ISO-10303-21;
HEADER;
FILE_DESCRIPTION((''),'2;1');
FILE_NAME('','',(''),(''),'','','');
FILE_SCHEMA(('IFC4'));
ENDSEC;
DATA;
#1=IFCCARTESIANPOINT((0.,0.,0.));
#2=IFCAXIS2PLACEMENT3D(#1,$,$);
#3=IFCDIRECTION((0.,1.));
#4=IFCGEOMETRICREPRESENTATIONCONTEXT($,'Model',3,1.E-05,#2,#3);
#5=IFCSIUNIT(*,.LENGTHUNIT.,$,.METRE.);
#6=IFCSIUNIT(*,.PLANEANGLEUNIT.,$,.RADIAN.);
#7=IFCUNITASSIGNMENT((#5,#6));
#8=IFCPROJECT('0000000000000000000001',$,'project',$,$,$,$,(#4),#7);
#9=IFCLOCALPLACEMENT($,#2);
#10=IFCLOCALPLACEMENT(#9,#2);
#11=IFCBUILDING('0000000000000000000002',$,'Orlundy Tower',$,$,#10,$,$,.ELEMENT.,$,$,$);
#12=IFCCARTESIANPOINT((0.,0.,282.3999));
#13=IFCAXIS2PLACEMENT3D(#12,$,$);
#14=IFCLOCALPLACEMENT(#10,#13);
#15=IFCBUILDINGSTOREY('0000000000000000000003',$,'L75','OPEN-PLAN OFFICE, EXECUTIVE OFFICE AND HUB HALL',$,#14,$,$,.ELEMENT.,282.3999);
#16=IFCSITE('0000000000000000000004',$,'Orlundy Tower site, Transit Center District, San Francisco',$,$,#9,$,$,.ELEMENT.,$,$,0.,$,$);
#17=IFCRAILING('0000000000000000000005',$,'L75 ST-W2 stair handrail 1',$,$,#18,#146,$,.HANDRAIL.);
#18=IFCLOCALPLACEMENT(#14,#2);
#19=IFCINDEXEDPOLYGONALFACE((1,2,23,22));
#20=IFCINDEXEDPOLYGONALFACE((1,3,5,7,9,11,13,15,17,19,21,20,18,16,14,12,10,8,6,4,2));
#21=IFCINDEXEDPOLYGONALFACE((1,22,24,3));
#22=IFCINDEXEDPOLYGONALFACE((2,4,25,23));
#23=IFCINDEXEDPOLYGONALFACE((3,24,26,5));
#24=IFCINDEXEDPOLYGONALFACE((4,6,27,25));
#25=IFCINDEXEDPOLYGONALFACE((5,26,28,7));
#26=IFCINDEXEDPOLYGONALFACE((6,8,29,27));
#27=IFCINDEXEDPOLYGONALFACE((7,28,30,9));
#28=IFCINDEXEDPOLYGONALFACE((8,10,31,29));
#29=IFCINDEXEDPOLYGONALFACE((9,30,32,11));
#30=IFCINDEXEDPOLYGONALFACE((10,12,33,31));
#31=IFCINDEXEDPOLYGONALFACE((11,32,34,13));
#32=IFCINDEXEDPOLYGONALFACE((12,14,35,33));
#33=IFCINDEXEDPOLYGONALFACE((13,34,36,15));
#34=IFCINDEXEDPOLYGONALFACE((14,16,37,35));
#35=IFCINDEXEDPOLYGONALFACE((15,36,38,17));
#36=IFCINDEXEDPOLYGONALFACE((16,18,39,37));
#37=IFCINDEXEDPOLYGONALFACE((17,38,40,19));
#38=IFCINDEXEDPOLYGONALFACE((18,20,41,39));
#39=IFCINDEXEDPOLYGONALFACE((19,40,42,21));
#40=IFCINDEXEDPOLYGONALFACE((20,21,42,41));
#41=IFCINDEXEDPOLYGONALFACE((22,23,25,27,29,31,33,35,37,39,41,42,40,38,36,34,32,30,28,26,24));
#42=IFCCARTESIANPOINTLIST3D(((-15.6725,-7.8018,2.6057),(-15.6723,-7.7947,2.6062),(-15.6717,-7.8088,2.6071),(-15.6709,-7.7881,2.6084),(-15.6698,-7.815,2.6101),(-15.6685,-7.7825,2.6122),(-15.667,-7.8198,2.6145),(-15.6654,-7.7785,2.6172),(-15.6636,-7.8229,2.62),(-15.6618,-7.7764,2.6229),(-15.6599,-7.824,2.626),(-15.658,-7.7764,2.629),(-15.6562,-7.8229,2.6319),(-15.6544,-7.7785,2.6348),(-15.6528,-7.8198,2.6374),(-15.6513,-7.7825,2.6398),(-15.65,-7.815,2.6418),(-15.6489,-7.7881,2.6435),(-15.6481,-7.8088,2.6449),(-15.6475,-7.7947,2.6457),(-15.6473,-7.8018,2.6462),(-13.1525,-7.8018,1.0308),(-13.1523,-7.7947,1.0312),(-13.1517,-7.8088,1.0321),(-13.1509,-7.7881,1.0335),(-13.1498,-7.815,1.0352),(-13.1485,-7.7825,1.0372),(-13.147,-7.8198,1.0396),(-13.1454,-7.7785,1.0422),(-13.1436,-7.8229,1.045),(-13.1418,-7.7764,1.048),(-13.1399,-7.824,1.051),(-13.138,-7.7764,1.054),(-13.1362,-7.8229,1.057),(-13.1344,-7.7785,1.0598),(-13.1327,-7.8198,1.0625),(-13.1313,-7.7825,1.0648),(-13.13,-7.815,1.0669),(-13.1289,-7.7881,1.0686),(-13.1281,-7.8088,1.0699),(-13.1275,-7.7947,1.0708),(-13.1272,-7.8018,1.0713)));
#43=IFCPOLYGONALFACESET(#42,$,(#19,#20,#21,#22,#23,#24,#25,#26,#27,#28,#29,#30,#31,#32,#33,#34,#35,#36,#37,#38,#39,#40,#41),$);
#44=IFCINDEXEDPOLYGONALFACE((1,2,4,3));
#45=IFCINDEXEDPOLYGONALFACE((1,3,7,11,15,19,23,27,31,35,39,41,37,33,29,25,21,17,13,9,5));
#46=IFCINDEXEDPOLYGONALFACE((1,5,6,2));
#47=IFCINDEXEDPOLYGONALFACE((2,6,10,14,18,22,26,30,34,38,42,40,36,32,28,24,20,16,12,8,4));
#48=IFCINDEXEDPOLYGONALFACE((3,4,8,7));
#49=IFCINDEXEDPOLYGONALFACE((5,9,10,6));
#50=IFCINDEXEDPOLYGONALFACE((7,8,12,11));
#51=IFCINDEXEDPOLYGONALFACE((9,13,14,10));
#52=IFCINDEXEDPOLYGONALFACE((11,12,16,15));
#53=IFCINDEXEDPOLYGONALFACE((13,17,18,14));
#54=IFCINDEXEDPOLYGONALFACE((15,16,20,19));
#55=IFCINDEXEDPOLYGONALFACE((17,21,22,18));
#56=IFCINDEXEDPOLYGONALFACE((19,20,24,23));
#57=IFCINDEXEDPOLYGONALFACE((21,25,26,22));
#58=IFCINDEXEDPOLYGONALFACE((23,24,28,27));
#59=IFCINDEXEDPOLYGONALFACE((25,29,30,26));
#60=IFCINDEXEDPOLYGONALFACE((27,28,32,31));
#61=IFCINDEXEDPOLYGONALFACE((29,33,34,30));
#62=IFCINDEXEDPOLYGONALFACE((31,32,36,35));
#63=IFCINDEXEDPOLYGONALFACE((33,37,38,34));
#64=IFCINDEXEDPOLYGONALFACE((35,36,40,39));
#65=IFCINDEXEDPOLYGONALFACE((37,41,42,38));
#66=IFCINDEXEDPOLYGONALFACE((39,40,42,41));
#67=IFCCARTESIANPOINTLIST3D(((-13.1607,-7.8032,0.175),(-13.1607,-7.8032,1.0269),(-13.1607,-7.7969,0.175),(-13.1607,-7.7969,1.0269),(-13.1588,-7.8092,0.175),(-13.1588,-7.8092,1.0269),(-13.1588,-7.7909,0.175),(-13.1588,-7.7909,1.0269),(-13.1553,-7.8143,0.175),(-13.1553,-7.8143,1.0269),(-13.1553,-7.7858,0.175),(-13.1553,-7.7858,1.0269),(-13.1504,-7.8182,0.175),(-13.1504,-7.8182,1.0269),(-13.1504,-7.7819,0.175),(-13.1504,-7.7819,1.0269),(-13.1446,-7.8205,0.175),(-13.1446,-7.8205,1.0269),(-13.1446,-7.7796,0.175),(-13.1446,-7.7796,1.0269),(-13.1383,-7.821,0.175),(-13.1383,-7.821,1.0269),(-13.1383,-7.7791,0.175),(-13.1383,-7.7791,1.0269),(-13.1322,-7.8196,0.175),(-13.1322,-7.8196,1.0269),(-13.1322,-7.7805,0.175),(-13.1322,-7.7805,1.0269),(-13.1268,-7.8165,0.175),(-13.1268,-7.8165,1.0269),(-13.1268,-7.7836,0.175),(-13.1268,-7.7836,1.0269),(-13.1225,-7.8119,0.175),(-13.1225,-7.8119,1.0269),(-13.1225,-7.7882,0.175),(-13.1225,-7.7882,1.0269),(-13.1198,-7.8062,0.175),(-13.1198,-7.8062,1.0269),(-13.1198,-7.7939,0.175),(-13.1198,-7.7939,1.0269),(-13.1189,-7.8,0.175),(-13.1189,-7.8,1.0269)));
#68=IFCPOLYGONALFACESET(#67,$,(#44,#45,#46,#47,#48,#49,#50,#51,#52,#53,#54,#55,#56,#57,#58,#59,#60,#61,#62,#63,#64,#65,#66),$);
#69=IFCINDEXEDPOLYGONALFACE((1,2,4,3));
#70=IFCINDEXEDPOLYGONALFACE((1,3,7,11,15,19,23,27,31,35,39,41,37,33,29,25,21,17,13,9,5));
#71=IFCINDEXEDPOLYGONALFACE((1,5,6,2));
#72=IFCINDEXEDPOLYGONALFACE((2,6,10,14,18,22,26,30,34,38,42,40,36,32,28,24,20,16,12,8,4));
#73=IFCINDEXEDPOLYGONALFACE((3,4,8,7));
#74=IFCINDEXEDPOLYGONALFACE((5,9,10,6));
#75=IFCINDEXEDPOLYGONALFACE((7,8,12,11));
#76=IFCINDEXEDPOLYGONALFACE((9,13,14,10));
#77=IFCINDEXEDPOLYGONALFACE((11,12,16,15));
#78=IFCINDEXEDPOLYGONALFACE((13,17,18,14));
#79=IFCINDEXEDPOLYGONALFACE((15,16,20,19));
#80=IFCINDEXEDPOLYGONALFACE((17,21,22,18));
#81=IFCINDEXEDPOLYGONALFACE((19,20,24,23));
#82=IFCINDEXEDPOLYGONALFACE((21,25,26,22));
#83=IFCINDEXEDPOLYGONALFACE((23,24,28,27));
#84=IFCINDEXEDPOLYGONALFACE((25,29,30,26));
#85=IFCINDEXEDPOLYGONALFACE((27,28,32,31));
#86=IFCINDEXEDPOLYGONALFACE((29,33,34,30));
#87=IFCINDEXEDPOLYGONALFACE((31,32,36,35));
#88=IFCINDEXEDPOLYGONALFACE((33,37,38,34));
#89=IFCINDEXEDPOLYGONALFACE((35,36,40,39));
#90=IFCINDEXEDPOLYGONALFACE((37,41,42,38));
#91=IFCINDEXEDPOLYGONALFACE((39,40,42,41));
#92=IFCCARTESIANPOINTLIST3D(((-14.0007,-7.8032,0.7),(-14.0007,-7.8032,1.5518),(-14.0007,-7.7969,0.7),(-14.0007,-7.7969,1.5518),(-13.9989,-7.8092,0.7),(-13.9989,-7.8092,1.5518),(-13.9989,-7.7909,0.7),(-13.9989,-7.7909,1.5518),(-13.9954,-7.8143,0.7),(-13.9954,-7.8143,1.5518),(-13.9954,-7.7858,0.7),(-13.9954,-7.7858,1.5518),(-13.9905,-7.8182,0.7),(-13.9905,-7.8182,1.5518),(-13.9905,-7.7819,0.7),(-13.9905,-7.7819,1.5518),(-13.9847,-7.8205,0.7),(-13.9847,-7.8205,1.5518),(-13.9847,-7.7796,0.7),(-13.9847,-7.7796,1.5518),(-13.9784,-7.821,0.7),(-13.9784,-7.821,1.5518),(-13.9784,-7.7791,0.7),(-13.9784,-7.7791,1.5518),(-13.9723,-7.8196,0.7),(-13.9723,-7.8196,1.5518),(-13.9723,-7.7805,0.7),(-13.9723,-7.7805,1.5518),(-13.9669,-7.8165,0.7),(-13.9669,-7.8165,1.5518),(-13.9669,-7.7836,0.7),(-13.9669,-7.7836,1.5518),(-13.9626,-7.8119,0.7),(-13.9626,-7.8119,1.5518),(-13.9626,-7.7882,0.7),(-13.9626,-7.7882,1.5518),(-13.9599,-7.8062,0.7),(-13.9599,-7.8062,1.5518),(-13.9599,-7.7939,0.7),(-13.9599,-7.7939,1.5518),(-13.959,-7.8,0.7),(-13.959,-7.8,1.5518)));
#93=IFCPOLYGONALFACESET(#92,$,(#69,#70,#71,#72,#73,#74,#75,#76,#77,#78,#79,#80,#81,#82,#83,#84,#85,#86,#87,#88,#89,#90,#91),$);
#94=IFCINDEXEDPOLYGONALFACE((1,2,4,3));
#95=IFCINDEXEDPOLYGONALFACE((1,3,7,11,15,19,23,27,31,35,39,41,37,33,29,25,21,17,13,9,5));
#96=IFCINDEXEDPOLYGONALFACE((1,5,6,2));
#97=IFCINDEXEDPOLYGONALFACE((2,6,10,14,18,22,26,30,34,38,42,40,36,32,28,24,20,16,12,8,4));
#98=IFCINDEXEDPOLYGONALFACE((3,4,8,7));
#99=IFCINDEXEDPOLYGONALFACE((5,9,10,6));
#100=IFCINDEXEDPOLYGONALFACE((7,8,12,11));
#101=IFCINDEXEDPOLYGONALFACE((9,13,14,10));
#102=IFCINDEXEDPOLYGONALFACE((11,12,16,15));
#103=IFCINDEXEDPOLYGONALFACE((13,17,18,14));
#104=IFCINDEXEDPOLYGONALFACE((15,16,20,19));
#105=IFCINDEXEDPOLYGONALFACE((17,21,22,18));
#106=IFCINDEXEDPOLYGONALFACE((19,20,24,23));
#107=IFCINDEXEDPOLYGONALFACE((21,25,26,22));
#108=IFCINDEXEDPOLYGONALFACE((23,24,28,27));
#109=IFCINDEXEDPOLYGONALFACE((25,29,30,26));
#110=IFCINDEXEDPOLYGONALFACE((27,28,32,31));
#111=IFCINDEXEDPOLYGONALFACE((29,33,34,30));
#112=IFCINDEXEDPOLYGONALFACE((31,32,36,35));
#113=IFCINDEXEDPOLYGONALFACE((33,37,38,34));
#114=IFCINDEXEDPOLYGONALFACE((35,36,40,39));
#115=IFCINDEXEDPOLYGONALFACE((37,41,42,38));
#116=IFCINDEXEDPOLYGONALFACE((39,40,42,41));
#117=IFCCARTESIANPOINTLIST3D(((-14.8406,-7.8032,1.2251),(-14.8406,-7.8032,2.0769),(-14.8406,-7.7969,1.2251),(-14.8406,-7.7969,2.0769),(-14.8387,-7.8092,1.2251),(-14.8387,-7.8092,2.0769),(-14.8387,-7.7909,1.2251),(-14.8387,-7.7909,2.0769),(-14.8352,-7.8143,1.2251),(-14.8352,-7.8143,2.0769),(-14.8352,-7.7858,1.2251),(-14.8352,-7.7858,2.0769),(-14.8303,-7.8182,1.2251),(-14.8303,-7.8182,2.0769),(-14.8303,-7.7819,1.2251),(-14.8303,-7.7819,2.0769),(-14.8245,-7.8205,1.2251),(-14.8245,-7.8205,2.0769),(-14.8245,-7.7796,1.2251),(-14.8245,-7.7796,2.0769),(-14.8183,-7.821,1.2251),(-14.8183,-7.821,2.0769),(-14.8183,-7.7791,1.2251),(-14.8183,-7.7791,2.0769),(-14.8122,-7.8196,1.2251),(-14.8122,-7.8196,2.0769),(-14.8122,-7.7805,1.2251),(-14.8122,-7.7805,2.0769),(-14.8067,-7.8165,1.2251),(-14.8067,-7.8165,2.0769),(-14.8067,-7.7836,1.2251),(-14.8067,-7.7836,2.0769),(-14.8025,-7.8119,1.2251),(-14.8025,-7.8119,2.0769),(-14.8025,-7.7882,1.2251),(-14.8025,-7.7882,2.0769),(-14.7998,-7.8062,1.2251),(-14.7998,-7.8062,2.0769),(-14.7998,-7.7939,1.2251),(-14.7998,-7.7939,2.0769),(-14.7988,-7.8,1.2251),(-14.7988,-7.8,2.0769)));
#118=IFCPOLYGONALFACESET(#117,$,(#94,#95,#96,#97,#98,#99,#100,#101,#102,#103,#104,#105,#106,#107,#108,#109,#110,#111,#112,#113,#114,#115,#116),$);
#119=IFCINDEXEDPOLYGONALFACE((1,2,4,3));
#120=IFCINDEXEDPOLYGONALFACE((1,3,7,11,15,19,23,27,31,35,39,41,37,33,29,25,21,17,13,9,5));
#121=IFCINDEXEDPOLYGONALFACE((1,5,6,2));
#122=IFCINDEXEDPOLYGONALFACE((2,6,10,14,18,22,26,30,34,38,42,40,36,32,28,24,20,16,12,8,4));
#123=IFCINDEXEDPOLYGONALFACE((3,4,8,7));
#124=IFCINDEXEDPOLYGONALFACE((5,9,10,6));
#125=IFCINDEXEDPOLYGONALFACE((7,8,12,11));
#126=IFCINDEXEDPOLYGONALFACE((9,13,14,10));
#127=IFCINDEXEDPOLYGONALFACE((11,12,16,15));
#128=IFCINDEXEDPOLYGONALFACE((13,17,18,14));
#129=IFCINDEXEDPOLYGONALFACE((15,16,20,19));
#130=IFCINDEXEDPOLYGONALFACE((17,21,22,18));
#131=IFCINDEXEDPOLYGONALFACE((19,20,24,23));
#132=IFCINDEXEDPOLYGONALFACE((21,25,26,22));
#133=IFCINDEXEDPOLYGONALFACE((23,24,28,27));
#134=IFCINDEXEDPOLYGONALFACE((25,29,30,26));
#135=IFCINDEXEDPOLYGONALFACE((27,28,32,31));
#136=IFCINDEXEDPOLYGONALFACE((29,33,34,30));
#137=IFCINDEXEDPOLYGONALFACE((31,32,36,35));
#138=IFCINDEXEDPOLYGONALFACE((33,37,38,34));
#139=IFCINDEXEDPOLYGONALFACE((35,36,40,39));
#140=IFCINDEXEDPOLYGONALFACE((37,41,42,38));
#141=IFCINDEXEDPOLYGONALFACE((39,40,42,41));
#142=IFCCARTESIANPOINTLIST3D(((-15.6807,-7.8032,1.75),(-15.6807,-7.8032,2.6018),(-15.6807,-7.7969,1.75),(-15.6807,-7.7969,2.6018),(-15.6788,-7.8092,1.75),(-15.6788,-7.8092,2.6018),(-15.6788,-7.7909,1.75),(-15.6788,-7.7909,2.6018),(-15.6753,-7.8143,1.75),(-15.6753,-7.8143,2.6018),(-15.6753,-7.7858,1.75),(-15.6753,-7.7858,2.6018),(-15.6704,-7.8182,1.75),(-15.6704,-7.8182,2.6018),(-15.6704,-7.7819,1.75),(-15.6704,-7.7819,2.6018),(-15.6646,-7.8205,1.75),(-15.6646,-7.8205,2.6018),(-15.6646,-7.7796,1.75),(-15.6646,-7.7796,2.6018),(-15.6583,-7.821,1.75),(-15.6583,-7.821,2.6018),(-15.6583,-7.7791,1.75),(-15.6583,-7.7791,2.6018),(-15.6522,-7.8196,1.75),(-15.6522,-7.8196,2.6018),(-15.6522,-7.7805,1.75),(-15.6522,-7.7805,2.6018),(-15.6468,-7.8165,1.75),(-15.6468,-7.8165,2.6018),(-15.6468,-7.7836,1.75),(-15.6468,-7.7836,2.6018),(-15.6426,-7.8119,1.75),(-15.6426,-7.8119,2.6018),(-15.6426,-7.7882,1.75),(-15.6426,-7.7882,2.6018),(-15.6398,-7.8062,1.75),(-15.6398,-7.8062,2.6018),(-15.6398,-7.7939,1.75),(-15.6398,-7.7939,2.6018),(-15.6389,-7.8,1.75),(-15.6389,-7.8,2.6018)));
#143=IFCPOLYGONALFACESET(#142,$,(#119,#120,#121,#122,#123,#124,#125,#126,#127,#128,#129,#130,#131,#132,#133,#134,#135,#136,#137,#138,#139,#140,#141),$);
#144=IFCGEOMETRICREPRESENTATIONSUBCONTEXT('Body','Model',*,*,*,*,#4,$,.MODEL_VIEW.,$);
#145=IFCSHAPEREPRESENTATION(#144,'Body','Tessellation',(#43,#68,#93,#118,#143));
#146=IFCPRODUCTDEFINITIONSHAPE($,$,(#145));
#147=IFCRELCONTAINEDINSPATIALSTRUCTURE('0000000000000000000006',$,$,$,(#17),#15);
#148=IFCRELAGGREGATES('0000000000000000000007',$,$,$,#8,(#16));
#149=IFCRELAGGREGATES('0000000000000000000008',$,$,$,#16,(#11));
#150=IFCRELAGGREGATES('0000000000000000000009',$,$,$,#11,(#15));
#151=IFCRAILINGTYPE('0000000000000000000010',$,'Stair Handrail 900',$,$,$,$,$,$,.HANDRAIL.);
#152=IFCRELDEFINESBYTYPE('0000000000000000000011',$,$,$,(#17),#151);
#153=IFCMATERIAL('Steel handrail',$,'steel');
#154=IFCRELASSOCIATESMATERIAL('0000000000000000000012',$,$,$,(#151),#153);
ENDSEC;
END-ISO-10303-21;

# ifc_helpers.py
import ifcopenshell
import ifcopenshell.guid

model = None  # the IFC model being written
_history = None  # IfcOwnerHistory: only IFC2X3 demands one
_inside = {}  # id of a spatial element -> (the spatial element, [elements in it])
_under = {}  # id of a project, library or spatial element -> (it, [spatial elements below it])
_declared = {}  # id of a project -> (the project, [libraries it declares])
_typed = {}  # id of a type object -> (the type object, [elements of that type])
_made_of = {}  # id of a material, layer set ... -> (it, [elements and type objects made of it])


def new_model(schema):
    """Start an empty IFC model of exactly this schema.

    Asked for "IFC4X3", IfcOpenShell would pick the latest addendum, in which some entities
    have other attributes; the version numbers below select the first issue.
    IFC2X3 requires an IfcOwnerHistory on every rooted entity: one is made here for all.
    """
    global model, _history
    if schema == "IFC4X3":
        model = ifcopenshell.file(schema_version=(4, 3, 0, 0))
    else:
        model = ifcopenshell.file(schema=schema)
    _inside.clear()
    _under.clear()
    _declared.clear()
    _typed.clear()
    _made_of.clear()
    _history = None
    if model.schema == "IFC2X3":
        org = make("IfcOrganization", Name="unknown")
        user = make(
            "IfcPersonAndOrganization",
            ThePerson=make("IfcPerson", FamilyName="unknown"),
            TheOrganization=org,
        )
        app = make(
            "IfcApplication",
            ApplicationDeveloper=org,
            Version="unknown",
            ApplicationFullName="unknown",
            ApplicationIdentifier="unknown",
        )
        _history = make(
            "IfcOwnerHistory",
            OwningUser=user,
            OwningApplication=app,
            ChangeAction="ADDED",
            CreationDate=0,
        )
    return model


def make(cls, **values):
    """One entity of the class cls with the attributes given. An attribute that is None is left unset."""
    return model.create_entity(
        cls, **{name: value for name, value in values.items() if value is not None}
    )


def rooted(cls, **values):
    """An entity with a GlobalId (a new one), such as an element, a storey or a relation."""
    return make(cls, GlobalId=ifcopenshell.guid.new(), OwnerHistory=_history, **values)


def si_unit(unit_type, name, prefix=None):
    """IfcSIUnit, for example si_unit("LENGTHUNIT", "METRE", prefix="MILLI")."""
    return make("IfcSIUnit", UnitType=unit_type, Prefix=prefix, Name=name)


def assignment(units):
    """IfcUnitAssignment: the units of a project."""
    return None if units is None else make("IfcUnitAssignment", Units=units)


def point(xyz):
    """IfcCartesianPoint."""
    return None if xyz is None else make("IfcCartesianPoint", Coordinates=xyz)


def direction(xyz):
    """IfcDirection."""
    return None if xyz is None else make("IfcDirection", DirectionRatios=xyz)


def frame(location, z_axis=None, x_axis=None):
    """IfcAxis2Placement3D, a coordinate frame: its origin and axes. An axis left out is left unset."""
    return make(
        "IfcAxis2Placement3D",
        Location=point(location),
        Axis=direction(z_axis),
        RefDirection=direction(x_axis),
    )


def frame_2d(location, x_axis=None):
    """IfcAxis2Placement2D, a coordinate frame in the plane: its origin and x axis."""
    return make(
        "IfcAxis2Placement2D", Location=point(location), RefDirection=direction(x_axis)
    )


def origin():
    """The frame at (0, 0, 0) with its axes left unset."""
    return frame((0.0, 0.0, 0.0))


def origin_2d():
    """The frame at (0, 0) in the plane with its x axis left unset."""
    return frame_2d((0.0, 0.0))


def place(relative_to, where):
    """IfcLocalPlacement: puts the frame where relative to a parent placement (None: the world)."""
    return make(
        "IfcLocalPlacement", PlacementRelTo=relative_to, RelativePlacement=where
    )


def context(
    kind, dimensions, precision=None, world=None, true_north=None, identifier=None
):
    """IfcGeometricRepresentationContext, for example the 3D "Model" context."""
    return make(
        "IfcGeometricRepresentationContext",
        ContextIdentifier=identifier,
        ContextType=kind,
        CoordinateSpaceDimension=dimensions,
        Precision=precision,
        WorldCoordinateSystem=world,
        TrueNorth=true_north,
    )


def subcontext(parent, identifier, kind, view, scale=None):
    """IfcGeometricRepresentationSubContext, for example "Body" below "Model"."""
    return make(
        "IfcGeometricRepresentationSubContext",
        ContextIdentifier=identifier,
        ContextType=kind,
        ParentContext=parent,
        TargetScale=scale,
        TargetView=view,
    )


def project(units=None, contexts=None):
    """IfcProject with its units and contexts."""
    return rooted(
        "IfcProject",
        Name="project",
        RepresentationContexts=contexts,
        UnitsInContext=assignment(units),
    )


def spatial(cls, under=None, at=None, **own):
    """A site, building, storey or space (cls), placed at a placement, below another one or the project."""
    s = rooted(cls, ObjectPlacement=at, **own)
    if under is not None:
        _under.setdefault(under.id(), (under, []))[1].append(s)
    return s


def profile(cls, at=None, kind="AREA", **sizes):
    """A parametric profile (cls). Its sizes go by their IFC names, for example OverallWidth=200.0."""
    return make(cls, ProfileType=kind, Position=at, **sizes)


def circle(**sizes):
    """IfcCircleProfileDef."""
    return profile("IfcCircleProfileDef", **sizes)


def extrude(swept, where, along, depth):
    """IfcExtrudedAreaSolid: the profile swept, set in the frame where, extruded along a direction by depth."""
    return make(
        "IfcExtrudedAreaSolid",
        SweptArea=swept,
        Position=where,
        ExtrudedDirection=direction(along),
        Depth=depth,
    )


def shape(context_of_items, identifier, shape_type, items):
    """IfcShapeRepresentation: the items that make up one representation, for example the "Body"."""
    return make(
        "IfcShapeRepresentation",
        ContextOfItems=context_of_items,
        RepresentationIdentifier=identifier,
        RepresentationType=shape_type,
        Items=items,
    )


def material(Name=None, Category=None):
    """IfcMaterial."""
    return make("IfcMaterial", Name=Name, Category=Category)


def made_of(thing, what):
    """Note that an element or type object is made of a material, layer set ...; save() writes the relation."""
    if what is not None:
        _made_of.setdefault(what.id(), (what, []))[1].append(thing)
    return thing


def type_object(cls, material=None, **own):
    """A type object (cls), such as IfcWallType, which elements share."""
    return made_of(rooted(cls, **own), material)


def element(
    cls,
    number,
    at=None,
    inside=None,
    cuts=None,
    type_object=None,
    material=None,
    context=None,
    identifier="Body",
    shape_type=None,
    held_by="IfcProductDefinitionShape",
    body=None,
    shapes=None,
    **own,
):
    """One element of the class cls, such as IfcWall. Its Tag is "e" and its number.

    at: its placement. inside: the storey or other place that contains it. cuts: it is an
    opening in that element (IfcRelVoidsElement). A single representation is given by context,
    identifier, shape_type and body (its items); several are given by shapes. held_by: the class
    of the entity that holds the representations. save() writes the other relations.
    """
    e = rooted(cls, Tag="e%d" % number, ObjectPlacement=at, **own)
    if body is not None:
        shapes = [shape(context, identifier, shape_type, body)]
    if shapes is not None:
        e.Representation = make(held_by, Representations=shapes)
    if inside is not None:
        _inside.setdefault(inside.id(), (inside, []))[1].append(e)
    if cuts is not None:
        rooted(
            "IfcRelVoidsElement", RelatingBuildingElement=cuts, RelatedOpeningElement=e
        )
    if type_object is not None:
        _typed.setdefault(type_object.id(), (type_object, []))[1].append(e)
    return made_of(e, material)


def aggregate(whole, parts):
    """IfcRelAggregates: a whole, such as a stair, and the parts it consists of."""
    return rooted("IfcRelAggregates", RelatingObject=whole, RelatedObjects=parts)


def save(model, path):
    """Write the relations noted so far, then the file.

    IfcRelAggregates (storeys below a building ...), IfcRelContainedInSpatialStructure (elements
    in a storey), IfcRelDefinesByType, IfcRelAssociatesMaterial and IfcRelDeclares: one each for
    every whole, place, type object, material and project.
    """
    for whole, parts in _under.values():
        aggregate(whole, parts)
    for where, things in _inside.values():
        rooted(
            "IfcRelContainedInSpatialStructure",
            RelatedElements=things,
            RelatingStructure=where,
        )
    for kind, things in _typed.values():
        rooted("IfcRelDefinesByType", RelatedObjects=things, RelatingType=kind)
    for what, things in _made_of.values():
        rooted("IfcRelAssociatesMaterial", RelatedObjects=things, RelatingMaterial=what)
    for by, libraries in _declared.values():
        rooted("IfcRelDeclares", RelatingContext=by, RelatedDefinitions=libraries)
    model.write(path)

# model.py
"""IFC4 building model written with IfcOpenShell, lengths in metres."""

from ifc_helpers import new_model, si_unit, direction, frame, origin, origin_2d, place, context, subcontext, project, spatial, circle, extrude, material, type_object, element, save


model = new_model("IFC4")

# Units and contexts
model_context = context("Model", 3, precision=1e-05, world=origin(), true_north=direction((0.0, 1.0)))
body_context = subcontext(model_context, "Body", "Model", "MODEL_VIEW")
ifc_project = project(units=[si_unit("LENGTHUNIT", "METRE"), si_unit("PLANEANGLEUNIT", "RADIAN")], contexts=[model_context])

# Site, building, storey
site_placement = place(None, origin())
site = spatial("IfcSite", under=ifc_project, at=site_placement, Name="Orlundy Tower site, Transit Center District, San Francisco", CompositionType="ELEMENT", RefElevation=0.0)
building_placement = place(site_placement, origin())
building = spatial("IfcBuilding", under=site, at=building_placement, Name="Orlundy Tower", CompositionType="ELEMENT")
storey_placement = place(building_placement, frame((0.0, 0.0, 282.3999)))
storey = spatial("IfcBuildingStorey", under=building, at=storey_placement, Name="L75", Description="OPEN-PLAN OFFICE, EXECUTIVE OFFICE AND HUB HALL", CompositionType="ELEMENT", Elevation=282.3999)

# Railing
ifc_material_1 = material(Name="Steel handrail", Category="steel")
railing_type_1 = type_object("IfcRailingType", Name="Stair Handrail 900", PredefinedType="HANDRAIL", material=ifc_material_1)
railing_1_placement = place(storey_placement, frame((-13.1399, -7.8, 0.175)))
element("IfcRailing", 1, at=railing_1_placement, inside=storey, type_object=railing_type_1, Name="L75 ST-W2 stair handrail 1", PredefinedType="HANDRAIL", context=body_context, shape_type="SweptSolid", body=[
    extrude(circle(Radius=0.0239, at=origin_2d()), frame((0.0, 0.0, 0.876), z_axis=(-0.848008, 0.0, 0.529984), x_axis=(0.0, -1.0, 0.0)), (0.0, 0.0, 1.0), 2.9717),
    extrude(circle(Radius=0.021, at=origin_2d()), origin(), (0.0, 0.0, 1.0), 0.8518),
    extrude(circle(Radius=0.021, at=origin_2d()), frame((-0.8401, 0.0, 0.5249)), (0.0, 0.0, 1.0), 0.8518),
    extrude(circle(Radius=0.021, at=origin_2d()), frame((-1.6799, 0.0, 1.05)), (0.0, 0.0, 1.0), 0.8518),
    extrude(circle(Radius=0.021, at=origin_2d()), frame((-2.52, 0.0, 1.575)), (0.0, 0.0, 1.0), 0.8518),
])

save(model, "model.ifc")
